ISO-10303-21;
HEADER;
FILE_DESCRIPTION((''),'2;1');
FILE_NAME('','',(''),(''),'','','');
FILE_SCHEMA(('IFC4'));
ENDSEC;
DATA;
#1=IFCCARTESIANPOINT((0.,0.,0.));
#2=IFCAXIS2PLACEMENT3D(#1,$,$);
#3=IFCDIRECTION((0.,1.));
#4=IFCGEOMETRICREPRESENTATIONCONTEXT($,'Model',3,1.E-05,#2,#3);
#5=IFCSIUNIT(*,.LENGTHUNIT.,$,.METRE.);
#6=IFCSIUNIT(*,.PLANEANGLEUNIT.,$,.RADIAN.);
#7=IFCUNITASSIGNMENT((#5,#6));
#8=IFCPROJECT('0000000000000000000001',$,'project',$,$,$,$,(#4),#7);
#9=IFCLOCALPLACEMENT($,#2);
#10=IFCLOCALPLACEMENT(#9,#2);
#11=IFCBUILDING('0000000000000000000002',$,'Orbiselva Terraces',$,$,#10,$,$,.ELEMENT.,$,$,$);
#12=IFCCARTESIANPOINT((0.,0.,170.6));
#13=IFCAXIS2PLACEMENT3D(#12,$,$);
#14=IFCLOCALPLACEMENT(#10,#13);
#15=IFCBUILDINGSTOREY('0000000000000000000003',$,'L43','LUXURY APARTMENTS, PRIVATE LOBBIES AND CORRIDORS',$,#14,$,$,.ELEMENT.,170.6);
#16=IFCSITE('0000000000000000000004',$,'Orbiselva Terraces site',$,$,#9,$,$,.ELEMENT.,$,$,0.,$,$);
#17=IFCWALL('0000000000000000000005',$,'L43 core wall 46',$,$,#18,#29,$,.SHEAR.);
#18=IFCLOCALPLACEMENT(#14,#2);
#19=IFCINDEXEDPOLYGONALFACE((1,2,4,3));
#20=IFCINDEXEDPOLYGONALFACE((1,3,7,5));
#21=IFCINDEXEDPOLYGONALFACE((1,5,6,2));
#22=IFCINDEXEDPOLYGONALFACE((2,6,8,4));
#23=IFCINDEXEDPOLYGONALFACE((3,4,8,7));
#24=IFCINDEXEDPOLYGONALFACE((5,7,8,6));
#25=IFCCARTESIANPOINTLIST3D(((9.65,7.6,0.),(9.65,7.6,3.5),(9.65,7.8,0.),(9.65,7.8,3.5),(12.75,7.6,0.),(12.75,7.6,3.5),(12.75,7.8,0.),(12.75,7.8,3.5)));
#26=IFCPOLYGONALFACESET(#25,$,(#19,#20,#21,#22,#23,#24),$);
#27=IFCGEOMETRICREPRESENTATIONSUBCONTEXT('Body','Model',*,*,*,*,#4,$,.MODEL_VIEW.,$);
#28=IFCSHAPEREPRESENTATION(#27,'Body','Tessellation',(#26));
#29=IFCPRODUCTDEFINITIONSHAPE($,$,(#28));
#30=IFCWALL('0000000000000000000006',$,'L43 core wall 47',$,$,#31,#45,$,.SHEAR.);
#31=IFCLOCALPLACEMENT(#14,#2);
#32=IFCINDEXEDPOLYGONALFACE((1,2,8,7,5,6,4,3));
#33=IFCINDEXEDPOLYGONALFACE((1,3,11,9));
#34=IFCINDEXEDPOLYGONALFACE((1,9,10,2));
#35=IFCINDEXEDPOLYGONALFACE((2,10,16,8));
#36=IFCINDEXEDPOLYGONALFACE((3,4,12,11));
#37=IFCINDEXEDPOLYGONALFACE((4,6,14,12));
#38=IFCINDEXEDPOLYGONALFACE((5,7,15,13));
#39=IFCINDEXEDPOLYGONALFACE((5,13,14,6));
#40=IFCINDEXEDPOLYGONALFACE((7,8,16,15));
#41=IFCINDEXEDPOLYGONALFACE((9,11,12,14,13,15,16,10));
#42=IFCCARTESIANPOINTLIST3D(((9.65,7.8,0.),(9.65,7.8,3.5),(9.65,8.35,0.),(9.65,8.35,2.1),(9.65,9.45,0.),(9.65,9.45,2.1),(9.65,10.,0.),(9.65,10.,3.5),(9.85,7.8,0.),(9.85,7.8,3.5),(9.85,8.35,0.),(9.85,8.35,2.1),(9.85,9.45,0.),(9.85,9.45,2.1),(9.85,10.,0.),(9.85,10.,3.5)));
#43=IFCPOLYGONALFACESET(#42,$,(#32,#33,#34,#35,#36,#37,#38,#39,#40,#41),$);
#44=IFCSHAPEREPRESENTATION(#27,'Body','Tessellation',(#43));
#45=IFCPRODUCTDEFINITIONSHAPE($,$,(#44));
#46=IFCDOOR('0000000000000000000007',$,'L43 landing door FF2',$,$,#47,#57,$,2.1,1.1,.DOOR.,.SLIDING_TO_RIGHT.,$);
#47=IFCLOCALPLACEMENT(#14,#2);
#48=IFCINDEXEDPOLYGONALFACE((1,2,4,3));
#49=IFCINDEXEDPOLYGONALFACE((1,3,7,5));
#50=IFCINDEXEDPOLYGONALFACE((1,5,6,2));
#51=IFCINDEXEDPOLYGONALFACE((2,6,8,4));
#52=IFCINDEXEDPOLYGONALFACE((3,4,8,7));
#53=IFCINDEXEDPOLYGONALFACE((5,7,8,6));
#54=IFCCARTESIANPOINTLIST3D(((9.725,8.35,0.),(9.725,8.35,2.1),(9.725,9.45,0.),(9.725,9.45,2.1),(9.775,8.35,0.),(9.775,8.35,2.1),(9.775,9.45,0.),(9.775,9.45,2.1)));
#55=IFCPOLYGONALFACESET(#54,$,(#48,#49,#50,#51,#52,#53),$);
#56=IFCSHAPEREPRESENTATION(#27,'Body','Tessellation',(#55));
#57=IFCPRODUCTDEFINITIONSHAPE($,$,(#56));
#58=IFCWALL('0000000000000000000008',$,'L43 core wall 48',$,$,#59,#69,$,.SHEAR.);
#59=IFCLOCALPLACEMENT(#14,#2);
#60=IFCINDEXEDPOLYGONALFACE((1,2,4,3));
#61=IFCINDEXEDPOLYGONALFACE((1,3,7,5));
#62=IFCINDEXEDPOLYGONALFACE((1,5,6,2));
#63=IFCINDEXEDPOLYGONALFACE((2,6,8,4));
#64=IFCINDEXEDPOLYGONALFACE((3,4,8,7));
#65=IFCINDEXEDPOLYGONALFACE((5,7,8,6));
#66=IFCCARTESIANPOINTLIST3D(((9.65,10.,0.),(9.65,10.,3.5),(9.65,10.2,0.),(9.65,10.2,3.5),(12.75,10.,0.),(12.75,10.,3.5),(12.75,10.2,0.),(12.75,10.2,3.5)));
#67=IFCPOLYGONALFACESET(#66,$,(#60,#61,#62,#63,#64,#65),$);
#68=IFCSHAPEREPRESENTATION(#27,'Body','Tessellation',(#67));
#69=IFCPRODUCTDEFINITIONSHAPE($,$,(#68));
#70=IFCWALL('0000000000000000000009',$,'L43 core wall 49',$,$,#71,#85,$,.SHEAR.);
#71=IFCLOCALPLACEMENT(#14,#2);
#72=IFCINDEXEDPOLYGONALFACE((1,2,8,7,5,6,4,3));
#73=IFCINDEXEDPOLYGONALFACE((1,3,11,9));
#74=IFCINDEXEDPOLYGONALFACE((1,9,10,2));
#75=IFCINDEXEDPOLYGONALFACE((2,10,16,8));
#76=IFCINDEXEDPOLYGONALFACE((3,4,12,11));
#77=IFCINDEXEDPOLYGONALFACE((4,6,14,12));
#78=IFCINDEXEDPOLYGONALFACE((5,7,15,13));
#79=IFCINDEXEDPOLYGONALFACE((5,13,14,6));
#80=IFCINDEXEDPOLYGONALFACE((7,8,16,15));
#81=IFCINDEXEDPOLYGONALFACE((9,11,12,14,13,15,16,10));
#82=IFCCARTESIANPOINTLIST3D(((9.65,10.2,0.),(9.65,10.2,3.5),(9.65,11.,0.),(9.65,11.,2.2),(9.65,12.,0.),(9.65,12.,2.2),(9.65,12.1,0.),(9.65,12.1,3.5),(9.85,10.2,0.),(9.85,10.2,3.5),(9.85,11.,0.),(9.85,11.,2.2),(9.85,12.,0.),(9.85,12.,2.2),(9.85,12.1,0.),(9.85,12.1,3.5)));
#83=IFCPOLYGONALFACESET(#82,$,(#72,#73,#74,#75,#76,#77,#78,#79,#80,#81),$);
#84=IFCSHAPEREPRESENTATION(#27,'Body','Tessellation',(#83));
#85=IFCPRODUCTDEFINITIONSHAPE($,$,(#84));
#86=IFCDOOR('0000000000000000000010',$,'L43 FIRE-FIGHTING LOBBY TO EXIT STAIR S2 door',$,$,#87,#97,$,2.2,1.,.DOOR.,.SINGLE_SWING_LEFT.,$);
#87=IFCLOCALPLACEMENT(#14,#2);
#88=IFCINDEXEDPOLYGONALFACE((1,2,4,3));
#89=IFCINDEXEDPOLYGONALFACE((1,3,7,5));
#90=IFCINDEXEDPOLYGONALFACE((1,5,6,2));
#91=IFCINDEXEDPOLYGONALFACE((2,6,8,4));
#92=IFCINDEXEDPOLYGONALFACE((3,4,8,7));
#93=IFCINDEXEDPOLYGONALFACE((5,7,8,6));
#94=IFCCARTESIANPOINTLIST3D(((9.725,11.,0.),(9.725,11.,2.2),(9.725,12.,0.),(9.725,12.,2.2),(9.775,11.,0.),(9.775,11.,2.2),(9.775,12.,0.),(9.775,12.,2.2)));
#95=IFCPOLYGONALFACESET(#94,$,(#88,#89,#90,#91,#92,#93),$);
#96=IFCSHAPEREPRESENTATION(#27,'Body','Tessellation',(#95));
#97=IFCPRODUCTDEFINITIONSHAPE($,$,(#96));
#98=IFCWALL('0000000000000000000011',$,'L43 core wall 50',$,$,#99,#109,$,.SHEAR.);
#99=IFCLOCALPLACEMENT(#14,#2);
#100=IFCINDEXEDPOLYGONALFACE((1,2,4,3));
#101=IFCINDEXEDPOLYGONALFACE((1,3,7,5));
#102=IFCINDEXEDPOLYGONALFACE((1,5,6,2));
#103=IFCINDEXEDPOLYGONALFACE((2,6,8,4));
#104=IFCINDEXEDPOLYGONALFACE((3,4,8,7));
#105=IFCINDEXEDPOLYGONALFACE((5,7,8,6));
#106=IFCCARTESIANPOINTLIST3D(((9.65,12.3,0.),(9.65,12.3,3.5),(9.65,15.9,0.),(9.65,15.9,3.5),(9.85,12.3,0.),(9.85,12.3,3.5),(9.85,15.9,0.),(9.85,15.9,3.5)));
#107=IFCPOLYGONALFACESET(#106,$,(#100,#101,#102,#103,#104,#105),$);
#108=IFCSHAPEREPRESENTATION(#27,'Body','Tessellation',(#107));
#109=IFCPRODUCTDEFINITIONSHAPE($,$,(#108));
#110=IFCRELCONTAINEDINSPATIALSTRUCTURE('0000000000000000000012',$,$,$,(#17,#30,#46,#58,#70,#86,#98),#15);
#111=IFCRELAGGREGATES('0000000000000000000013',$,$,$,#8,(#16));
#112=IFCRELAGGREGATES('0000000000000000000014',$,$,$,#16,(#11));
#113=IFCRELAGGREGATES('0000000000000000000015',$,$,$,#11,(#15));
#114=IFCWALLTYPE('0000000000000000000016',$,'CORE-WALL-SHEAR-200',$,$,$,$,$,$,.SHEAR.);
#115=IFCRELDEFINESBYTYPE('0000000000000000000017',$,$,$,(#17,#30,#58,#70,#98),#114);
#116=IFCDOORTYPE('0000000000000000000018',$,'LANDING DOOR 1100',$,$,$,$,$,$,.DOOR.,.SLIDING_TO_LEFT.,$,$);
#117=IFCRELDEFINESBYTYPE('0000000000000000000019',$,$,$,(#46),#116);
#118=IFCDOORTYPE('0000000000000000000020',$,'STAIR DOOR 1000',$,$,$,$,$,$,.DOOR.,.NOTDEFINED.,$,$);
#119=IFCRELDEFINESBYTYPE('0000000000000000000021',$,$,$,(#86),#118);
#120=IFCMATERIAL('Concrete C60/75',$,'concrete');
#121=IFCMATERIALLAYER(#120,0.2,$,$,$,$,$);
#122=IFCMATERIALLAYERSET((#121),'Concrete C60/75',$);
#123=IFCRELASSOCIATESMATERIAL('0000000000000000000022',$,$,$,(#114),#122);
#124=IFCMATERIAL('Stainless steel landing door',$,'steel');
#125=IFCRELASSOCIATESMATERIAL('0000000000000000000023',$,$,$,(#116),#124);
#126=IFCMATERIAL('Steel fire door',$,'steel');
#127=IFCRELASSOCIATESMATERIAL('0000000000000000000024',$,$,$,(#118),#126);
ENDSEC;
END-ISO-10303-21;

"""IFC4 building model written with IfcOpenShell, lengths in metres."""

from ifc_helpers import new_model, si_unit, direction, frame, frame_2d, origin, place, context, subcontext, project, spatial, rectangle, extrude, material, layer, layer_set, type_object, element, fill, save


model = new_model("IFC4")

# Units and contexts
model_context = context("Model", 3, precision=1e-05, world=origin(), true_north=direction((0.0, 1.0)))
body_context = subcontext(model_context, "Body", "Model", "MODEL_VIEW")
ifc_project = project(units=[si_unit("LENGTHUNIT", "METRE"), si_unit("PLANEANGLEUNIT", "RADIAN")], contexts=[model_context])

# Site, building, storey
site_placement = place(None, origin())
site = spatial("IfcSite", under=ifc_project, at=site_placement, Name="Orbiselva Terraces site", CompositionType="ELEMENT", RefElevation=0.0)
building_placement = place(site_placement, origin())
building = spatial("IfcBuilding", under=site, at=building_placement, Name="Orbiselva Terraces", CompositionType="ELEMENT")
storey_placement = place(building_placement, frame((0.0, 0.0, 170.6)))
storey = spatial("IfcBuildingStorey", under=building, at=storey_placement, Name="L43", Description="LUXURY APARTMENTS, PRIVATE LOBBIES AND CORRIDORS", CompositionType="ELEMENT", Elevation=170.6)

# Shared definitions
ifc_material_1 = material(Name="Steel fire door", Category="steel")

# Shared definitions
ifc_material_2 = material(Name="Concrete C60/75", Category="concrete")
ifc_layer_1 = layer(ifc_material_2, 0.2)
ifc_layer_set_1 = layer_set([ifc_layer_1], Name="Concrete C60/75")
wall_type_1 = type_object("IfcWallType", Name="CORE-WALL-SHEAR-200", PredefinedType="SHEAR", material=ifc_layer_set_1)

# Shared definitions
ifc_material_3 = material(Name="Stainless steel landing door", Category="steel")
door_type_1 = type_object("IfcDoorType", Name="LANDING DOOR 1100", OperationType="SLIDING_TO_LEFT", PredefinedType="DOOR", material=ifc_material_3)

# Wall
wall_1_placement = place(storey_placement, frame((9.65, 7.7, 0.0), z_axis=(0.0, 0.0, 1.0), x_axis=(1.0, 0.0, 0.0)))
element("IfcWall", 1, at=wall_1_placement, inside=storey, type_object=wall_type_1, Name="L43 core wall 46", PredefinedType="SHEAR", context=body_context, shape_type="SweptSolid", body=[
    extrude(rectangle(XDim=3.1, YDim=0.2, at=frame_2d((1.55, 0.0))), origin(), (0.0, 0.0, 1.0), 3.5),
])

# Wall, opening, door
wall_2_placement = place(storey_placement, frame((9.75, 7.8, 0.0), z_axis=(0.0, 0.0, 1.0), x_axis=(0.0, 1.0, 0.0)))
wall_2 = element("IfcWall", 2, at=wall_2_placement, inside=storey, type_object=wall_type_1, Name="L43 core wall 47", PredefinedType="SHEAR", context=body_context, shape_type="SweptSolid", body=[
    extrude(rectangle(XDim=2.2, YDim=0.2, at=frame_2d((1.1, 0.0))), origin(), (0.0, 0.0, 1.0), 3.5),
])
opening_1_placement = place(wall_2_placement, frame((0.55, 0.0, 0.0)))
opening_1 = element("IfcOpeningElement", 3, at=opening_1_placement, cuts=wall_2, PredefinedType="OPENING", context=body_context, shape_type="SweptSolid", body=[
    extrude(rectangle(XDim=1.1, YDim=2.1, at=frame_2d((0.55, 1.05))), frame((0.0, 0.11, 0.0), z_axis=(0.0, -1.0, 0.0), x_axis=(1.0, 0.0, 0.0)), (0.0, 0.0, 1.0), 0.22),
])
door_1_placement = place(opening_1_placement, origin())
door_1 = element("IfcDoor", 4, at=door_1_placement, inside=storey, type_object=door_type_1, Name="L43 landing door FF2", OperationType="SLIDING_TO_RIGHT", OverallHeight=2.1, OverallWidth=1.1, PredefinedType="DOOR", context=body_context, shape_type="SweptSolid", body=[
    extrude(rectangle(XDim=1.1, YDim=2.1, at=frame_2d((0.55, 1.05))), frame((0.0, 0.025, 0.0), z_axis=(0.0, -1.0, 0.0), x_axis=(1.0, 0.0, 0.0)), (0.0, 0.0, 1.0), 0.05),
])
fill(opening_1, door_1)

# Wall
wall_3_placement = place(storey_placement, frame((9.65, 10.1, 0.0), z_axis=(0.0, 0.0, 1.0), x_axis=(1.0, 0.0, 0.0)))
element("IfcWall", 5, at=wall_3_placement, inside=storey, type_object=wall_type_1, Name="L43 core wall 48", PredefinedType="SHEAR", context=body_context, shape_type="SweptSolid", body=[
    extrude(rectangle(XDim=3.1, YDim=0.2, at=frame_2d((1.55, 0.0))), origin(), (0.0, 0.0, 1.0), 3.5),
])

# Wall, opening, door
wall_4_placement = place(storey_placement, frame((9.75, 12.1, 0.0), z_axis=(0.0, 0.0, 1.0), x_axis=(0.0, -1.0, 0.0)))
wall_4 = element("IfcWall", 6, at=wall_4_placement, inside=storey, type_object=wall_type_1, Name="L43 core wall 49", PredefinedType="SHEAR", context=body_context, shape_type="SweptSolid", body=[
    extrude(rectangle(XDim=1.9, YDim=0.2, at=frame_2d((0.95, 0.0))), origin(), (0.0, 0.0, 1.0), 3.5),
])
opening_2_placement = place(wall_4_placement, frame((0.1, 0.0, 0.0)))
opening_2 = element("IfcOpeningElement", 7, at=opening_2_placement, cuts=wall_4, PredefinedType="OPENING", context=body_context, shape_type="SweptSolid", body=[
    extrude(rectangle(XDim=1.0, YDim=2.2, at=frame_2d((0.5, 1.1))), frame((0.0, 0.11, 0.0), z_axis=(0.0, -1.0, 0.0), x_axis=(1.0, 0.0, 0.0)), (0.0, 0.0, 1.0), 0.22),
])
door_type_2 = type_object("IfcDoorType", Name="STAIR DOOR 1000", OperationType="NOTDEFINED", PredefinedType="DOOR", material=ifc_material_1)
door_2_placement = place(opening_2_placement, origin())
door_2 = element("IfcDoor", 8, at=door_2_placement, inside=storey, type_object=door_type_2, Name="L43 FIRE-FIGHTING LOBBY TO EXIT STAIR S2 door", OperationType="SINGLE_SWING_LEFT", OverallHeight=2.2, OverallWidth=1.0, PredefinedType="DOOR", context=body_context, shape_type="SweptSolid", body=[
    extrude(rectangle(XDim=1.0, YDim=2.2, at=frame_2d((0.5, 1.1))), frame((0.0, 0.025, 0.0), z_axis=(0.0, -1.0, 0.0), x_axis=(1.0, 0.0, 0.0)), (0.0, 0.0, 1.0), 0.05),
])
fill(opening_2, door_2)

# Wall
wall_5_placement = place(storey_placement, frame((9.75, 12.3, 0.0), z_axis=(0.0, 0.0, 1.0), x_axis=(0.0, 1.0, 0.0)))
element("IfcWall", 9, at=wall_5_placement, inside=storey, type_object=wall_type_1, Name="L43 core wall 50", PredefinedType="SHEAR", context=body_context, shape_type="SweptSolid", body=[
    extrude(rectangle(XDim=3.6, YDim=0.2, at=frame_2d((1.8, 0.0))), origin(), (0.0, 0.0, 1.0), 3.5),
])

save(model, "model.ifc")
